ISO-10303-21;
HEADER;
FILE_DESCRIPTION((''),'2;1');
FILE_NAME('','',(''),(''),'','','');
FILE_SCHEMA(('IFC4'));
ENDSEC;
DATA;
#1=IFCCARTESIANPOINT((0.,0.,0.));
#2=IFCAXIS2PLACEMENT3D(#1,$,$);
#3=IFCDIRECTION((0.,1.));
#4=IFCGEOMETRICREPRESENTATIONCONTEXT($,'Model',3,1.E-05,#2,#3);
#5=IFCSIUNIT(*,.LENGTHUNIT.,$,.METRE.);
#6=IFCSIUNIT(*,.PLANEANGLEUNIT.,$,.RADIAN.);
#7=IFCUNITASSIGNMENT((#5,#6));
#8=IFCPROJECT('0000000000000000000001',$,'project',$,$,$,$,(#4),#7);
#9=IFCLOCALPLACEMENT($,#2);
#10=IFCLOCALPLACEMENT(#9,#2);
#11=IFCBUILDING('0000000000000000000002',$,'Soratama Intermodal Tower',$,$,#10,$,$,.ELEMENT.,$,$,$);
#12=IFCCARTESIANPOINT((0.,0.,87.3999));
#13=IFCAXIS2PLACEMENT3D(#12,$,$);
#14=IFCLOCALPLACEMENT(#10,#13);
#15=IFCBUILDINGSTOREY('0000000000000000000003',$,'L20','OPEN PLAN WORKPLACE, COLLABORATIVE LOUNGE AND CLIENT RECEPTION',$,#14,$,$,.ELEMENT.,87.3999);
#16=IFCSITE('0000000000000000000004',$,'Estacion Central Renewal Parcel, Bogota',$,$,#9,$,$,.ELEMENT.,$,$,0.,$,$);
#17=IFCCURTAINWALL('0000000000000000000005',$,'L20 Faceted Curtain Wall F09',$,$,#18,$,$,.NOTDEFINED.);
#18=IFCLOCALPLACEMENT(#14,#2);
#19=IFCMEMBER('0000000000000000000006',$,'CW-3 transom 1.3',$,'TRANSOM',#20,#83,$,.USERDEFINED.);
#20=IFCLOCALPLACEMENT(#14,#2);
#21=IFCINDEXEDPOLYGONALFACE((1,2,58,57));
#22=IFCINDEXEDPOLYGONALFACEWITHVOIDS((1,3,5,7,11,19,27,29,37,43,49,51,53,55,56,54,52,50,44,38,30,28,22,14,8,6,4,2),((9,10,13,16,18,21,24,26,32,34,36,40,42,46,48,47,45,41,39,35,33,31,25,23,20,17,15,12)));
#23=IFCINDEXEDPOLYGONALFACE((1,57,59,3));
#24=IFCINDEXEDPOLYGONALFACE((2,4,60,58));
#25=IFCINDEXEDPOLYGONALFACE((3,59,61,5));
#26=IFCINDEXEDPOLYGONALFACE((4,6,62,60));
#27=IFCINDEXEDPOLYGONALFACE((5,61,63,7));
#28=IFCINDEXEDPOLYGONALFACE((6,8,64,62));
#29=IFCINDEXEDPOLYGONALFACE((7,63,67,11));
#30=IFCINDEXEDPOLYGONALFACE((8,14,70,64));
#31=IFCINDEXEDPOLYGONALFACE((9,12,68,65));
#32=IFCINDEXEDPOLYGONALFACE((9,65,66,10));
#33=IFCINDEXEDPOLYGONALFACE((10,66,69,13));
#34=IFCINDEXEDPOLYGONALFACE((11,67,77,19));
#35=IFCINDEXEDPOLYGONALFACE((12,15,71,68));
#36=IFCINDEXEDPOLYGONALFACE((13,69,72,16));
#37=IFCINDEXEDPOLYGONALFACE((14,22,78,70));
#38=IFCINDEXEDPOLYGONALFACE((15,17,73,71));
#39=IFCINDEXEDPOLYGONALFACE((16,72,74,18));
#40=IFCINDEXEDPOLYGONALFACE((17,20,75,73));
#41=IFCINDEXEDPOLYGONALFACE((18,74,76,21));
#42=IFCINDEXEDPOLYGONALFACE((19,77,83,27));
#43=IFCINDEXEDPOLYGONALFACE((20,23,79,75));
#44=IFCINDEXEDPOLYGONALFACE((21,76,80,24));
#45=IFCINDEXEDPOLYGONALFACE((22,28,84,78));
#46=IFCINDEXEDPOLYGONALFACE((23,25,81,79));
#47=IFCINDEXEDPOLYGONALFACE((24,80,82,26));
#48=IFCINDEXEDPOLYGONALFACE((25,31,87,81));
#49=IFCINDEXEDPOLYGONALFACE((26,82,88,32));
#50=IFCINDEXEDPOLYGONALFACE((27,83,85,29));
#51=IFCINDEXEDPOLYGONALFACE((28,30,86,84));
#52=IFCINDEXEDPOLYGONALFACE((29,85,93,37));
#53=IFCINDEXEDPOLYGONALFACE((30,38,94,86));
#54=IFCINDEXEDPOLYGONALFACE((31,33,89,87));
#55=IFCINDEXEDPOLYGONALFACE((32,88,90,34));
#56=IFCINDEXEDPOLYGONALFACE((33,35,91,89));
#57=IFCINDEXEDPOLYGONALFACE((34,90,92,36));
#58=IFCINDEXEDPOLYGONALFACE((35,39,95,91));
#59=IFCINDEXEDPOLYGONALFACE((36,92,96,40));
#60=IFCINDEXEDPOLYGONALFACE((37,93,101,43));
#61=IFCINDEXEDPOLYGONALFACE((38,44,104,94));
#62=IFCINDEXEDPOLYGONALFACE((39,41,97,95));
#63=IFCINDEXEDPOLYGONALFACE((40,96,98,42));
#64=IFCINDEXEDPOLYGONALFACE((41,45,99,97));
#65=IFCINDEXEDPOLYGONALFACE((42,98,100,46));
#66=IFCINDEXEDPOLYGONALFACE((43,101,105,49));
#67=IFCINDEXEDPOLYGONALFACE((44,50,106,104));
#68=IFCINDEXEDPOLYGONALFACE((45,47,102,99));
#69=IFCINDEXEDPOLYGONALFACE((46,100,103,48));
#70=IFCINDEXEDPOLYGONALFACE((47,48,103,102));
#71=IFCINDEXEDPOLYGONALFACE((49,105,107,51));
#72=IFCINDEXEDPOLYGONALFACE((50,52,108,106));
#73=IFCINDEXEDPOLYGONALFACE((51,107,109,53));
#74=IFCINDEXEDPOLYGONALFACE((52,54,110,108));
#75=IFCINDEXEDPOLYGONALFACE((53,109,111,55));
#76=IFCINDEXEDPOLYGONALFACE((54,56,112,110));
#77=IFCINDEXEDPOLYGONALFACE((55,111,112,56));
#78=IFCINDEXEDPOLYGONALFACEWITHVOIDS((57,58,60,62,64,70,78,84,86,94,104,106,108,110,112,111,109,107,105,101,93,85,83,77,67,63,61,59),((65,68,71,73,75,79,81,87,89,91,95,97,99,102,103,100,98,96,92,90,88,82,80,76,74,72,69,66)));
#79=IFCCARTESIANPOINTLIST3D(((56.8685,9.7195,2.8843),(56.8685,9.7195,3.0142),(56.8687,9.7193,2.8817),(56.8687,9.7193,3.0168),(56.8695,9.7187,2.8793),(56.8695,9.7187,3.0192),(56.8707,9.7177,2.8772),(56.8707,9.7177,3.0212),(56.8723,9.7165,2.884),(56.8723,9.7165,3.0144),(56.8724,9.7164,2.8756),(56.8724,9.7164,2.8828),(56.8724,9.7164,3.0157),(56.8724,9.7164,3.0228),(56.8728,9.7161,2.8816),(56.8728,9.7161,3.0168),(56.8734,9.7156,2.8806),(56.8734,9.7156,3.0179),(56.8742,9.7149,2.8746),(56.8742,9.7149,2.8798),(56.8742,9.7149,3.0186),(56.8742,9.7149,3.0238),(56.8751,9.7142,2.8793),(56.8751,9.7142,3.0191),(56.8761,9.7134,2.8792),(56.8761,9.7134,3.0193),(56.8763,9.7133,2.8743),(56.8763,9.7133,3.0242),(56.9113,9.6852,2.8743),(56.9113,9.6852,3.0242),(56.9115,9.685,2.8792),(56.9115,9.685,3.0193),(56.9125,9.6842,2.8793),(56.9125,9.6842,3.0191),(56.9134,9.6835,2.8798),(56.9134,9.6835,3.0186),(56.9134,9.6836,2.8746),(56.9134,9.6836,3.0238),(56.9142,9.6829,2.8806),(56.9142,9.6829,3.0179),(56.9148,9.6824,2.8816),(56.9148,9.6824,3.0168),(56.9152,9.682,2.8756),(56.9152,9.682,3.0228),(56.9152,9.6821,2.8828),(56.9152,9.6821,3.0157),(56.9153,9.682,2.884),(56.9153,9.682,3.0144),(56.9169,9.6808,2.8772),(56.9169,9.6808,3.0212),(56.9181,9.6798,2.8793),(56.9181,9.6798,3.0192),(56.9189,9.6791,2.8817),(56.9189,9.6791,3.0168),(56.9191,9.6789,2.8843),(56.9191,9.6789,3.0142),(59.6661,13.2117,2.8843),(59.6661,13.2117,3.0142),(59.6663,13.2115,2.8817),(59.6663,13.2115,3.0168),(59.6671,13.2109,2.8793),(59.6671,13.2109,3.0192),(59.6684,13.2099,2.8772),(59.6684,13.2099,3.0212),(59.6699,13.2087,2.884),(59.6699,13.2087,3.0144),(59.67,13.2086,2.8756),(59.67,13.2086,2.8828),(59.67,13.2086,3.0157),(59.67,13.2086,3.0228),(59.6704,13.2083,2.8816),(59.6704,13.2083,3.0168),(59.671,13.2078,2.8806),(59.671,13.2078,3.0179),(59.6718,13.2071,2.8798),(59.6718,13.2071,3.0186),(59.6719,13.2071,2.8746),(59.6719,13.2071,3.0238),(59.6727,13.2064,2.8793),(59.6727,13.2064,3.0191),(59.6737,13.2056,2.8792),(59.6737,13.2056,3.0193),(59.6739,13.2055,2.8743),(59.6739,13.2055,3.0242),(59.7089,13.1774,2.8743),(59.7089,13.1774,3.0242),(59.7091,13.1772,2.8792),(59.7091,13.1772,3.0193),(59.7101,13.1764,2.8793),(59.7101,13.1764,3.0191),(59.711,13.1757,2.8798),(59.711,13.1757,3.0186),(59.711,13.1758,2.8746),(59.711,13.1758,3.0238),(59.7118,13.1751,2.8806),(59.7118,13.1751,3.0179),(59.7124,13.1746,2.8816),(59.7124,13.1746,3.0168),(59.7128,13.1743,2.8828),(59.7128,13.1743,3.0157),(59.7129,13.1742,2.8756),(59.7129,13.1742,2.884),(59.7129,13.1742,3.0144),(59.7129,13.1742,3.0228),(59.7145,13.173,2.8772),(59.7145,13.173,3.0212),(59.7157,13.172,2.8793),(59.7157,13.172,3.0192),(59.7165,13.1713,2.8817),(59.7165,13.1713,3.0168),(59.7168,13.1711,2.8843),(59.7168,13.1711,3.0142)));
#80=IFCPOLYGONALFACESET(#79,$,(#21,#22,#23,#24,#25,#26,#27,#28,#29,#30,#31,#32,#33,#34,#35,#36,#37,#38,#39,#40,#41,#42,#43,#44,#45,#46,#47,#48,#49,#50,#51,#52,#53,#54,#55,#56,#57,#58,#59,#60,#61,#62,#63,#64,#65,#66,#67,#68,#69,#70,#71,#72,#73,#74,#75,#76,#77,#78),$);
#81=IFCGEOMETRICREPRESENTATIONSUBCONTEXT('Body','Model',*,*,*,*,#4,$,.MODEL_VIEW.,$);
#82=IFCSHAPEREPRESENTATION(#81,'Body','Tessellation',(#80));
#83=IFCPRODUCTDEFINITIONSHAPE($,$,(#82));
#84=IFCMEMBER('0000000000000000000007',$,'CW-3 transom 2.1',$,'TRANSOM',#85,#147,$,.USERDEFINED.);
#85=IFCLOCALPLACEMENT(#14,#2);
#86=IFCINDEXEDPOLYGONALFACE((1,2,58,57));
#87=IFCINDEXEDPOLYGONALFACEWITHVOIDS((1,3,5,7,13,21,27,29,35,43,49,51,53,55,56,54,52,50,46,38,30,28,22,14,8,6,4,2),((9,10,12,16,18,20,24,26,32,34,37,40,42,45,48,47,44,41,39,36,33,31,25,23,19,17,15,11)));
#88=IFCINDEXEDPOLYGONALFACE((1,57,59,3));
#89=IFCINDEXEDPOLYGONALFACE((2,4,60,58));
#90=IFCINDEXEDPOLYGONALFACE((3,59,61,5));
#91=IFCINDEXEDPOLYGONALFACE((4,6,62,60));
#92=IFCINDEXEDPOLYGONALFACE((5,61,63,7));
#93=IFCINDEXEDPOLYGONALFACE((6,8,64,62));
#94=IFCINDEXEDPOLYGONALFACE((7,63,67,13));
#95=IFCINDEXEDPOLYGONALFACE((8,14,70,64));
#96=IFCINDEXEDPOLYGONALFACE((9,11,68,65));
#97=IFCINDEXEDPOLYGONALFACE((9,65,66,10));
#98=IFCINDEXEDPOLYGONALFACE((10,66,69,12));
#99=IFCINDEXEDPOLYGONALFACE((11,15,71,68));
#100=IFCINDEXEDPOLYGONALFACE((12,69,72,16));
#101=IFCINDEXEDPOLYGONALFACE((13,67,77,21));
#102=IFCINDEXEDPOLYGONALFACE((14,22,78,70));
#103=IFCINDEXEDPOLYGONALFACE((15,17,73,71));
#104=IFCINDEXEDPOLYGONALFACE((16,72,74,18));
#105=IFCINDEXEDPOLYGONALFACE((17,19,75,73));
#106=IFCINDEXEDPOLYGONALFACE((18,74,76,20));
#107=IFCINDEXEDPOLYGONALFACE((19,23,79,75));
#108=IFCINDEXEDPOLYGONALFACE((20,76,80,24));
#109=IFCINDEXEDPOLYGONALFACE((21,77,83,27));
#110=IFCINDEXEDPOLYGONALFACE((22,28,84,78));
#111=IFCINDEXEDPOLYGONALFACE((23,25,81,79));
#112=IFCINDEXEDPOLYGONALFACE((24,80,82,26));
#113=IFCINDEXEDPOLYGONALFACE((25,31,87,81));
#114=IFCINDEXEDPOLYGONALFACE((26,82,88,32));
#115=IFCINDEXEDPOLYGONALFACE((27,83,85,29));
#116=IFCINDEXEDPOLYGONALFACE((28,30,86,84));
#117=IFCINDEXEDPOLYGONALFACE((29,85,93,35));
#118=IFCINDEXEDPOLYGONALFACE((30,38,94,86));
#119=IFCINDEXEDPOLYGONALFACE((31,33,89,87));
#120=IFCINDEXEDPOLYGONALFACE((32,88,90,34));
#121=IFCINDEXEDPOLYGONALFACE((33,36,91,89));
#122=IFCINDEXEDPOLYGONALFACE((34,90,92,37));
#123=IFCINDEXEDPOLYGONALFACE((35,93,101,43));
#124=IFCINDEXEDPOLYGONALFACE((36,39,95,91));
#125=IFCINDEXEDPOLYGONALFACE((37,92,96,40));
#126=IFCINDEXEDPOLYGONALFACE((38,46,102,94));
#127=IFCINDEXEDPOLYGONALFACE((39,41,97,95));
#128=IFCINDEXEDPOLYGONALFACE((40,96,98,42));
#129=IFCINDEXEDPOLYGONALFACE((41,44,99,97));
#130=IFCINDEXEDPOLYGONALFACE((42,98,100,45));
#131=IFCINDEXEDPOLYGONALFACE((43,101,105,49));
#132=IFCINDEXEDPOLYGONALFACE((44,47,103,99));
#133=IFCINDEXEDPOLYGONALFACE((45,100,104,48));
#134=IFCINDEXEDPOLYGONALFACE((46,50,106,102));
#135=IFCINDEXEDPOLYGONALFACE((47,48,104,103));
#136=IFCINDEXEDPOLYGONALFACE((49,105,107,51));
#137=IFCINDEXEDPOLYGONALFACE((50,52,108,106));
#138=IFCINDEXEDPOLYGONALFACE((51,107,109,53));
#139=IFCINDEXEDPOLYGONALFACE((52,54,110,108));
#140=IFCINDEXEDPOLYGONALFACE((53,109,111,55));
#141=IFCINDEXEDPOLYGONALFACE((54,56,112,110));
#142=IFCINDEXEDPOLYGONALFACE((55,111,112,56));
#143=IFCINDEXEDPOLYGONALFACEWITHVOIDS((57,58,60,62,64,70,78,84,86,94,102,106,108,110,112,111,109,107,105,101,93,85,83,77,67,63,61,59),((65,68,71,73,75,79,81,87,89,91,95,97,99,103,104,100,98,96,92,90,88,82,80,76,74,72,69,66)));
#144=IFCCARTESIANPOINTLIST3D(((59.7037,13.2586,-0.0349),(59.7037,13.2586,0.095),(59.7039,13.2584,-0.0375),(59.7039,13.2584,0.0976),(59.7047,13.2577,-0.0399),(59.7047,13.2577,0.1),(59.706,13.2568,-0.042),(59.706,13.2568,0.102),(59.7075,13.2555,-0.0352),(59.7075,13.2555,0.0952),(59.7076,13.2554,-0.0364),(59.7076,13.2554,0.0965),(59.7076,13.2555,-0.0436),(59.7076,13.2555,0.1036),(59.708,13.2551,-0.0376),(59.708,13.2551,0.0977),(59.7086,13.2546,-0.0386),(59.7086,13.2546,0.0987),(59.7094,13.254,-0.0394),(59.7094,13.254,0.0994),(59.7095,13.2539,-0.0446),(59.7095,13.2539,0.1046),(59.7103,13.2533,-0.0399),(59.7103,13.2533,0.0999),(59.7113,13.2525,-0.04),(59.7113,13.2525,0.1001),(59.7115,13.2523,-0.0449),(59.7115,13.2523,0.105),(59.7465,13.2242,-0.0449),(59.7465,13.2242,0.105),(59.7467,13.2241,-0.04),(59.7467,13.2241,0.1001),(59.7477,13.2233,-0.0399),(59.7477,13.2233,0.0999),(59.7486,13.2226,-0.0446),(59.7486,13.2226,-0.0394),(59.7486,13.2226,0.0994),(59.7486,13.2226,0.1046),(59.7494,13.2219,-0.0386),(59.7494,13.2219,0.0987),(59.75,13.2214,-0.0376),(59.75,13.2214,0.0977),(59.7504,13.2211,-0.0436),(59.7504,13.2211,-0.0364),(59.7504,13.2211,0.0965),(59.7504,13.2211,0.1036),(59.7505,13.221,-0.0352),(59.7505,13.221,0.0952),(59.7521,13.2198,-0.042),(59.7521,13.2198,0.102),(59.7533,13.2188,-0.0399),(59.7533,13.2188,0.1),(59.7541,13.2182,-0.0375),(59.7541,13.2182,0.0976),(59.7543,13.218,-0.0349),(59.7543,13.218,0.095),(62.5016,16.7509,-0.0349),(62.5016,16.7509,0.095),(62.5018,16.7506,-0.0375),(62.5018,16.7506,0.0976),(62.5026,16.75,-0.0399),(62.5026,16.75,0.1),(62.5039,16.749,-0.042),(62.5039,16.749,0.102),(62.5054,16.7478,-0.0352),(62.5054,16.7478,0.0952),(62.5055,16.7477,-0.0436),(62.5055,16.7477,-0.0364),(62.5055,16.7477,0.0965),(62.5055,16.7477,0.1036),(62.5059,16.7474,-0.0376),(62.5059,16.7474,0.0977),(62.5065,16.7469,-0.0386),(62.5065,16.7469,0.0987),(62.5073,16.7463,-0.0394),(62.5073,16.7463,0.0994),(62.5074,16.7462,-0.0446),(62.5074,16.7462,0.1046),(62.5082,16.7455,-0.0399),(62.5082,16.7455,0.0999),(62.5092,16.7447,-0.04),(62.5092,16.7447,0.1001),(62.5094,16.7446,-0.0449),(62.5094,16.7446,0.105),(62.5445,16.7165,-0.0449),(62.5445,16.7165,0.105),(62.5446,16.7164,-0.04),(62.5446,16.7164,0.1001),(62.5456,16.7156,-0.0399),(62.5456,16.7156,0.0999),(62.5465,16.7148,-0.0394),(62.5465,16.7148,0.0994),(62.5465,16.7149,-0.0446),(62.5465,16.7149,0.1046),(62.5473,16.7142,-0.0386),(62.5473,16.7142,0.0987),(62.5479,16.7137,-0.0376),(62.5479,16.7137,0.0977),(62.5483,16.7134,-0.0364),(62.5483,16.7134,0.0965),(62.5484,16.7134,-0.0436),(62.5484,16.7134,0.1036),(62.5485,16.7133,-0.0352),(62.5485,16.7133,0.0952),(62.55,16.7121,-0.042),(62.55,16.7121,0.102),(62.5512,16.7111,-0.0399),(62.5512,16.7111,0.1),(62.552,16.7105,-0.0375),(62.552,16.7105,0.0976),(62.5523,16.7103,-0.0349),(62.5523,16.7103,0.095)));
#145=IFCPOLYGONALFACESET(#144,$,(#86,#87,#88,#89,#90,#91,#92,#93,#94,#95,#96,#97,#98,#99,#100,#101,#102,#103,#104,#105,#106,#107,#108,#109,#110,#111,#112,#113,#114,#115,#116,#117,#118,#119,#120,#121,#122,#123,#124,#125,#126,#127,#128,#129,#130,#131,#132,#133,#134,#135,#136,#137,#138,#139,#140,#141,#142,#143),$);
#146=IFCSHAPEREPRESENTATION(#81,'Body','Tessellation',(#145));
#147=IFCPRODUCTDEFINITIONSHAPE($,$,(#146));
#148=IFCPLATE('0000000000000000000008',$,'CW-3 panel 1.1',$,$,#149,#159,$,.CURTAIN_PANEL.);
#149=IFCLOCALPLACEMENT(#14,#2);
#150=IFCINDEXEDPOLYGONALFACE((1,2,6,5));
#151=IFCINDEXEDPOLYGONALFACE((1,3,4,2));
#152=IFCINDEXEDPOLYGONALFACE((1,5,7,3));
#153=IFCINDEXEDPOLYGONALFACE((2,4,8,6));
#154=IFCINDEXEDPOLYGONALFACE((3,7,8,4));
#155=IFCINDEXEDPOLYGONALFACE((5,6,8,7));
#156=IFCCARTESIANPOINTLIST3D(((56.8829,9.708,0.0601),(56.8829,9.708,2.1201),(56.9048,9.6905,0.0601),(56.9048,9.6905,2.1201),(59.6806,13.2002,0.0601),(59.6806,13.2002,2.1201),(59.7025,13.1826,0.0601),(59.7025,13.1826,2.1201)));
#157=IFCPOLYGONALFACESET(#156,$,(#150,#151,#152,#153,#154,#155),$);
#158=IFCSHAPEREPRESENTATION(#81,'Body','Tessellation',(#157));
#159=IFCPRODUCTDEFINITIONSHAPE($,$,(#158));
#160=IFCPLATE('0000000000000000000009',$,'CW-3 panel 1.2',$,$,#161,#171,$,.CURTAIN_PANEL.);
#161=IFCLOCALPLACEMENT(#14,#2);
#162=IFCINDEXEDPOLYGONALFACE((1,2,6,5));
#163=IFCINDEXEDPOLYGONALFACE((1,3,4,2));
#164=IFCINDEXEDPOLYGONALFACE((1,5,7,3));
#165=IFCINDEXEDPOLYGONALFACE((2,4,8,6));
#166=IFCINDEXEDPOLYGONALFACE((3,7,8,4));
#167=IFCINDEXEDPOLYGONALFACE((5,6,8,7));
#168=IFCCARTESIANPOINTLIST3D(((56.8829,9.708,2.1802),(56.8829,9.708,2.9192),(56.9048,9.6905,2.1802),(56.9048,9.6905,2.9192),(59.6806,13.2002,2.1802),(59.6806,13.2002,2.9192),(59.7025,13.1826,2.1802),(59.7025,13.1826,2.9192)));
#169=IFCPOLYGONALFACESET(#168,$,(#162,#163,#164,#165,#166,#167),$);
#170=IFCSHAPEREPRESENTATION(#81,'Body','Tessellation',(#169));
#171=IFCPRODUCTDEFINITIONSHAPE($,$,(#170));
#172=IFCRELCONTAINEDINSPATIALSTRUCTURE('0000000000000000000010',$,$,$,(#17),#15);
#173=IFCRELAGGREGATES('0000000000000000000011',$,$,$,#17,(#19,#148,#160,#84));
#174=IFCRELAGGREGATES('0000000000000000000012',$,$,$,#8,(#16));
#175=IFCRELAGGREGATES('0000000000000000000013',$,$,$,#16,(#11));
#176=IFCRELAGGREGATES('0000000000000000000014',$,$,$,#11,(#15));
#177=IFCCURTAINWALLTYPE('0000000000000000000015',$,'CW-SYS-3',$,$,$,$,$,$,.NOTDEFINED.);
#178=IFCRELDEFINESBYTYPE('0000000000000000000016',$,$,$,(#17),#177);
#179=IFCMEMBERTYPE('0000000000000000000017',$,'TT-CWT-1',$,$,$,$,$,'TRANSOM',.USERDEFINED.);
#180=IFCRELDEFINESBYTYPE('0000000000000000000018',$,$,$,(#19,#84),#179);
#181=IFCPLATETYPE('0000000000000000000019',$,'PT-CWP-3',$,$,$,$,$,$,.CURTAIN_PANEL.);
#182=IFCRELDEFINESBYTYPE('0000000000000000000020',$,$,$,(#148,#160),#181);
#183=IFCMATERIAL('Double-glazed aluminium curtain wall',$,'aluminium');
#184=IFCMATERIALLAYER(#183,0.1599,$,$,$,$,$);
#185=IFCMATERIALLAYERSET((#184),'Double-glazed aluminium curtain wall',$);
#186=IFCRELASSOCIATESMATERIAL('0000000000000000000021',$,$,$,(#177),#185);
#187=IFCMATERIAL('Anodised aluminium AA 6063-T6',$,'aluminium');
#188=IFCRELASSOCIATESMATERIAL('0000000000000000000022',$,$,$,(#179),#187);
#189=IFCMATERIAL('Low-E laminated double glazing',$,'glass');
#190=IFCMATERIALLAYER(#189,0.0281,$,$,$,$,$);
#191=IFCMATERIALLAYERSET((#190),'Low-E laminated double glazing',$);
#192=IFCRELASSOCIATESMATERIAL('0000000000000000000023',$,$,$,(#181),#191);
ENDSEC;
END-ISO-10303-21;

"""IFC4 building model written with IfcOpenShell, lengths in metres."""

from ifc_helpers import new_model, si_unit, direction, frame, origin, origin_2d, place, context, subcontext, project, spatial, rectangle, hollow_rectangle, extrude, material, layer, layer_set, material_profile, profile_set, type_object, element, aggregate, save


model = new_model("IFC4")

# Units and contexts
model_context = context("Model", 3, precision=1e-05, world=origin(), true_north=direction((0.0, 1.0)))
body_context = subcontext(model_context, "Body", "Model", "MODEL_VIEW")
ifc_project = project(units=[si_unit("LENGTHUNIT", "METRE"), si_unit("PLANEANGLEUNIT", "RADIAN")], contexts=[model_context])

# Site, building, storey
site_placement = place(None, origin())
site = spatial("IfcSite", under=ifc_project, at=site_placement, Name="Estacion Central Renewal Parcel, Bogota", CompositionType="ELEMENT", RefElevation=0.0)
building_placement = place(site_placement, origin())
building = spatial("IfcBuilding", under=site, at=building_placement, Name="Soratama Intermodal Tower", CompositionType="ELEMENT")
storey_placement = place(building_placement, frame((0.0, 0.0, 87.3999)))
storey = spatial("IfcBuildingStorey", under=building, at=storey_placement, Name="L20", Description="OPEN PLAN WORKPLACE, COLLABORATIVE LOUNGE AND CLIENT RECEPTION", CompositionType="ELEMENT", Elevation=87.3999)

# Curtain wall, members, plates
ifc_material_1 = material(Name="Double-glazed aluminium curtain wall", Category="aluminium")
ifc_layer_1 = layer(ifc_material_1, 0.1599)
ifc_layer_set_1 = layer_set([ifc_layer_1], Name="Double-glazed aluminium curtain wall")
curtain_wall_type = type_object("IfcCurtainWallType", Name="CW-SYS-3", PredefinedType="NOTDEFINED", material=ifc_layer_set_1)
curtain_wall_placement = place(storey_placement, origin())
curtain_wall = element("IfcCurtainWall", 1, at=curtain_wall_placement, inside=storey, type_object=curtain_wall_type, Name="L20 Faceted Curtain Wall F09", PredefinedType="NOTDEFINED")
ifc_material_2 = material(Name="Anodised aluminium AA 6063-T6", Category="aluminium")
ifc_material_profile_1 = material_profile(ifc_material_2, hollow_rectangle(XDim=0.0649, YDim=0.1499, WallThickness=0.0049, InnerFilletRadius=0.0049, OuterFilletRadius=0.01, at=origin_2d()), Name="CWT150X65X5")
ifc_profile_set_1 = profile_set([ifc_material_profile_1], Name="Anodised aluminium AA 6063-T6")
member_type_1 = type_object("IfcMemberType", Name="TT-CWT-1", ElementType="TRANSOM", PredefinedType="USERDEFINED", material=ifc_profile_set_1)
member_1_placement = place(storey_placement, frame((56.8938, 9.6992, 2.9492), z_axis=(0.625221, 0.780448, 0.0), x_axis=(-0.780448, 0.625221, 0.0)))
member_1 = element("IfcMember", 2, at=member_1_placement, type_object=member_type_1, Name="CW-3 transom 1.3", ObjectType="TRANSOM", PredefinedType="USERDEFINED", context=body_context, shape_type="SweptSolid", body=[
    extrude(hollow_rectangle(XDim=0.0649, YDim=0.1499, WallThickness=0.0049, InnerFilletRadius=0.0049, OuterFilletRadius=0.01, at=origin_2d()), origin(), (0.0, 0.0, 1.0), 4.4746),
])
member_2_placement = place(storey_placement, frame((59.729, 13.2383, 0.03), z_axis=(0.625254, 0.780421, 0.0), x_axis=(-0.780421, 0.625254, 0.0)))
member_2 = element("IfcMember", 3, at=member_2_placement, type_object=member_type_1, Name="CW-3 transom 2.1", ObjectType="TRANSOM", PredefinedType="USERDEFINED", context=body_context, shape_type="SweptSolid", body=[
    extrude(hollow_rectangle(XDim=0.0649, YDim=0.1499, WallThickness=0.0049, InnerFilletRadius=0.0049, OuterFilletRadius=0.01, at=origin_2d()), origin(), (0.0, 0.0, 1.0), 4.4749),
])
ifc_material_3 = material(Name="Low-E laminated double glazing", Category="glass")
ifc_layer_2 = layer(ifc_material_3, 0.0281)
ifc_layer_set_2 = layer_set([ifc_layer_2], Name="Low-E laminated double glazing")
plate_type = type_object("IfcPlateType", Name="PT-CWP-3", PredefinedType="CURTAIN_PANEL", material=ifc_layer_set_2)
plate_1_placement = place(storey_placement, frame((58.2927, 11.4453, 0.0601), z_axis=(0.0, 0.0, 1.0), x_axis=(0.625241, 0.780432, 0.0)))
plate_1 = element("IfcPlate", 4, at=plate_1_placement, type_object=plate_type, Name="CW-3 panel 1.1", PredefinedType="CURTAIN_PANEL", context=body_context, shape_type="SweptSolid", body=[
    extrude(rectangle(XDim=4.4746, YDim=0.0281, at=origin_2d()), origin(), (0.0, 0.0, 1.0), 2.0601),
])
plate_2_placement = place(storey_placement, frame((58.2927, 11.4453, 2.1802), z_axis=(0.0, 0.0, 1.0), x_axis=(0.625241, 0.780432, 0.0)))
plate_2 = element("IfcPlate", 5, at=plate_2_placement, type_object=plate_type, Name="CW-3 panel 1.2", PredefinedType="CURTAIN_PANEL", context=body_context, shape_type="SweptSolid", body=[
    extrude(rectangle(XDim=4.4746, YDim=0.0281, at=origin_2d()), origin(), (0.0, 0.0, 1.0), 0.739),
])
aggregate(curtain_wall, [member_1, plate_1, plate_2, member_2])

save(model, "model.ifc")
